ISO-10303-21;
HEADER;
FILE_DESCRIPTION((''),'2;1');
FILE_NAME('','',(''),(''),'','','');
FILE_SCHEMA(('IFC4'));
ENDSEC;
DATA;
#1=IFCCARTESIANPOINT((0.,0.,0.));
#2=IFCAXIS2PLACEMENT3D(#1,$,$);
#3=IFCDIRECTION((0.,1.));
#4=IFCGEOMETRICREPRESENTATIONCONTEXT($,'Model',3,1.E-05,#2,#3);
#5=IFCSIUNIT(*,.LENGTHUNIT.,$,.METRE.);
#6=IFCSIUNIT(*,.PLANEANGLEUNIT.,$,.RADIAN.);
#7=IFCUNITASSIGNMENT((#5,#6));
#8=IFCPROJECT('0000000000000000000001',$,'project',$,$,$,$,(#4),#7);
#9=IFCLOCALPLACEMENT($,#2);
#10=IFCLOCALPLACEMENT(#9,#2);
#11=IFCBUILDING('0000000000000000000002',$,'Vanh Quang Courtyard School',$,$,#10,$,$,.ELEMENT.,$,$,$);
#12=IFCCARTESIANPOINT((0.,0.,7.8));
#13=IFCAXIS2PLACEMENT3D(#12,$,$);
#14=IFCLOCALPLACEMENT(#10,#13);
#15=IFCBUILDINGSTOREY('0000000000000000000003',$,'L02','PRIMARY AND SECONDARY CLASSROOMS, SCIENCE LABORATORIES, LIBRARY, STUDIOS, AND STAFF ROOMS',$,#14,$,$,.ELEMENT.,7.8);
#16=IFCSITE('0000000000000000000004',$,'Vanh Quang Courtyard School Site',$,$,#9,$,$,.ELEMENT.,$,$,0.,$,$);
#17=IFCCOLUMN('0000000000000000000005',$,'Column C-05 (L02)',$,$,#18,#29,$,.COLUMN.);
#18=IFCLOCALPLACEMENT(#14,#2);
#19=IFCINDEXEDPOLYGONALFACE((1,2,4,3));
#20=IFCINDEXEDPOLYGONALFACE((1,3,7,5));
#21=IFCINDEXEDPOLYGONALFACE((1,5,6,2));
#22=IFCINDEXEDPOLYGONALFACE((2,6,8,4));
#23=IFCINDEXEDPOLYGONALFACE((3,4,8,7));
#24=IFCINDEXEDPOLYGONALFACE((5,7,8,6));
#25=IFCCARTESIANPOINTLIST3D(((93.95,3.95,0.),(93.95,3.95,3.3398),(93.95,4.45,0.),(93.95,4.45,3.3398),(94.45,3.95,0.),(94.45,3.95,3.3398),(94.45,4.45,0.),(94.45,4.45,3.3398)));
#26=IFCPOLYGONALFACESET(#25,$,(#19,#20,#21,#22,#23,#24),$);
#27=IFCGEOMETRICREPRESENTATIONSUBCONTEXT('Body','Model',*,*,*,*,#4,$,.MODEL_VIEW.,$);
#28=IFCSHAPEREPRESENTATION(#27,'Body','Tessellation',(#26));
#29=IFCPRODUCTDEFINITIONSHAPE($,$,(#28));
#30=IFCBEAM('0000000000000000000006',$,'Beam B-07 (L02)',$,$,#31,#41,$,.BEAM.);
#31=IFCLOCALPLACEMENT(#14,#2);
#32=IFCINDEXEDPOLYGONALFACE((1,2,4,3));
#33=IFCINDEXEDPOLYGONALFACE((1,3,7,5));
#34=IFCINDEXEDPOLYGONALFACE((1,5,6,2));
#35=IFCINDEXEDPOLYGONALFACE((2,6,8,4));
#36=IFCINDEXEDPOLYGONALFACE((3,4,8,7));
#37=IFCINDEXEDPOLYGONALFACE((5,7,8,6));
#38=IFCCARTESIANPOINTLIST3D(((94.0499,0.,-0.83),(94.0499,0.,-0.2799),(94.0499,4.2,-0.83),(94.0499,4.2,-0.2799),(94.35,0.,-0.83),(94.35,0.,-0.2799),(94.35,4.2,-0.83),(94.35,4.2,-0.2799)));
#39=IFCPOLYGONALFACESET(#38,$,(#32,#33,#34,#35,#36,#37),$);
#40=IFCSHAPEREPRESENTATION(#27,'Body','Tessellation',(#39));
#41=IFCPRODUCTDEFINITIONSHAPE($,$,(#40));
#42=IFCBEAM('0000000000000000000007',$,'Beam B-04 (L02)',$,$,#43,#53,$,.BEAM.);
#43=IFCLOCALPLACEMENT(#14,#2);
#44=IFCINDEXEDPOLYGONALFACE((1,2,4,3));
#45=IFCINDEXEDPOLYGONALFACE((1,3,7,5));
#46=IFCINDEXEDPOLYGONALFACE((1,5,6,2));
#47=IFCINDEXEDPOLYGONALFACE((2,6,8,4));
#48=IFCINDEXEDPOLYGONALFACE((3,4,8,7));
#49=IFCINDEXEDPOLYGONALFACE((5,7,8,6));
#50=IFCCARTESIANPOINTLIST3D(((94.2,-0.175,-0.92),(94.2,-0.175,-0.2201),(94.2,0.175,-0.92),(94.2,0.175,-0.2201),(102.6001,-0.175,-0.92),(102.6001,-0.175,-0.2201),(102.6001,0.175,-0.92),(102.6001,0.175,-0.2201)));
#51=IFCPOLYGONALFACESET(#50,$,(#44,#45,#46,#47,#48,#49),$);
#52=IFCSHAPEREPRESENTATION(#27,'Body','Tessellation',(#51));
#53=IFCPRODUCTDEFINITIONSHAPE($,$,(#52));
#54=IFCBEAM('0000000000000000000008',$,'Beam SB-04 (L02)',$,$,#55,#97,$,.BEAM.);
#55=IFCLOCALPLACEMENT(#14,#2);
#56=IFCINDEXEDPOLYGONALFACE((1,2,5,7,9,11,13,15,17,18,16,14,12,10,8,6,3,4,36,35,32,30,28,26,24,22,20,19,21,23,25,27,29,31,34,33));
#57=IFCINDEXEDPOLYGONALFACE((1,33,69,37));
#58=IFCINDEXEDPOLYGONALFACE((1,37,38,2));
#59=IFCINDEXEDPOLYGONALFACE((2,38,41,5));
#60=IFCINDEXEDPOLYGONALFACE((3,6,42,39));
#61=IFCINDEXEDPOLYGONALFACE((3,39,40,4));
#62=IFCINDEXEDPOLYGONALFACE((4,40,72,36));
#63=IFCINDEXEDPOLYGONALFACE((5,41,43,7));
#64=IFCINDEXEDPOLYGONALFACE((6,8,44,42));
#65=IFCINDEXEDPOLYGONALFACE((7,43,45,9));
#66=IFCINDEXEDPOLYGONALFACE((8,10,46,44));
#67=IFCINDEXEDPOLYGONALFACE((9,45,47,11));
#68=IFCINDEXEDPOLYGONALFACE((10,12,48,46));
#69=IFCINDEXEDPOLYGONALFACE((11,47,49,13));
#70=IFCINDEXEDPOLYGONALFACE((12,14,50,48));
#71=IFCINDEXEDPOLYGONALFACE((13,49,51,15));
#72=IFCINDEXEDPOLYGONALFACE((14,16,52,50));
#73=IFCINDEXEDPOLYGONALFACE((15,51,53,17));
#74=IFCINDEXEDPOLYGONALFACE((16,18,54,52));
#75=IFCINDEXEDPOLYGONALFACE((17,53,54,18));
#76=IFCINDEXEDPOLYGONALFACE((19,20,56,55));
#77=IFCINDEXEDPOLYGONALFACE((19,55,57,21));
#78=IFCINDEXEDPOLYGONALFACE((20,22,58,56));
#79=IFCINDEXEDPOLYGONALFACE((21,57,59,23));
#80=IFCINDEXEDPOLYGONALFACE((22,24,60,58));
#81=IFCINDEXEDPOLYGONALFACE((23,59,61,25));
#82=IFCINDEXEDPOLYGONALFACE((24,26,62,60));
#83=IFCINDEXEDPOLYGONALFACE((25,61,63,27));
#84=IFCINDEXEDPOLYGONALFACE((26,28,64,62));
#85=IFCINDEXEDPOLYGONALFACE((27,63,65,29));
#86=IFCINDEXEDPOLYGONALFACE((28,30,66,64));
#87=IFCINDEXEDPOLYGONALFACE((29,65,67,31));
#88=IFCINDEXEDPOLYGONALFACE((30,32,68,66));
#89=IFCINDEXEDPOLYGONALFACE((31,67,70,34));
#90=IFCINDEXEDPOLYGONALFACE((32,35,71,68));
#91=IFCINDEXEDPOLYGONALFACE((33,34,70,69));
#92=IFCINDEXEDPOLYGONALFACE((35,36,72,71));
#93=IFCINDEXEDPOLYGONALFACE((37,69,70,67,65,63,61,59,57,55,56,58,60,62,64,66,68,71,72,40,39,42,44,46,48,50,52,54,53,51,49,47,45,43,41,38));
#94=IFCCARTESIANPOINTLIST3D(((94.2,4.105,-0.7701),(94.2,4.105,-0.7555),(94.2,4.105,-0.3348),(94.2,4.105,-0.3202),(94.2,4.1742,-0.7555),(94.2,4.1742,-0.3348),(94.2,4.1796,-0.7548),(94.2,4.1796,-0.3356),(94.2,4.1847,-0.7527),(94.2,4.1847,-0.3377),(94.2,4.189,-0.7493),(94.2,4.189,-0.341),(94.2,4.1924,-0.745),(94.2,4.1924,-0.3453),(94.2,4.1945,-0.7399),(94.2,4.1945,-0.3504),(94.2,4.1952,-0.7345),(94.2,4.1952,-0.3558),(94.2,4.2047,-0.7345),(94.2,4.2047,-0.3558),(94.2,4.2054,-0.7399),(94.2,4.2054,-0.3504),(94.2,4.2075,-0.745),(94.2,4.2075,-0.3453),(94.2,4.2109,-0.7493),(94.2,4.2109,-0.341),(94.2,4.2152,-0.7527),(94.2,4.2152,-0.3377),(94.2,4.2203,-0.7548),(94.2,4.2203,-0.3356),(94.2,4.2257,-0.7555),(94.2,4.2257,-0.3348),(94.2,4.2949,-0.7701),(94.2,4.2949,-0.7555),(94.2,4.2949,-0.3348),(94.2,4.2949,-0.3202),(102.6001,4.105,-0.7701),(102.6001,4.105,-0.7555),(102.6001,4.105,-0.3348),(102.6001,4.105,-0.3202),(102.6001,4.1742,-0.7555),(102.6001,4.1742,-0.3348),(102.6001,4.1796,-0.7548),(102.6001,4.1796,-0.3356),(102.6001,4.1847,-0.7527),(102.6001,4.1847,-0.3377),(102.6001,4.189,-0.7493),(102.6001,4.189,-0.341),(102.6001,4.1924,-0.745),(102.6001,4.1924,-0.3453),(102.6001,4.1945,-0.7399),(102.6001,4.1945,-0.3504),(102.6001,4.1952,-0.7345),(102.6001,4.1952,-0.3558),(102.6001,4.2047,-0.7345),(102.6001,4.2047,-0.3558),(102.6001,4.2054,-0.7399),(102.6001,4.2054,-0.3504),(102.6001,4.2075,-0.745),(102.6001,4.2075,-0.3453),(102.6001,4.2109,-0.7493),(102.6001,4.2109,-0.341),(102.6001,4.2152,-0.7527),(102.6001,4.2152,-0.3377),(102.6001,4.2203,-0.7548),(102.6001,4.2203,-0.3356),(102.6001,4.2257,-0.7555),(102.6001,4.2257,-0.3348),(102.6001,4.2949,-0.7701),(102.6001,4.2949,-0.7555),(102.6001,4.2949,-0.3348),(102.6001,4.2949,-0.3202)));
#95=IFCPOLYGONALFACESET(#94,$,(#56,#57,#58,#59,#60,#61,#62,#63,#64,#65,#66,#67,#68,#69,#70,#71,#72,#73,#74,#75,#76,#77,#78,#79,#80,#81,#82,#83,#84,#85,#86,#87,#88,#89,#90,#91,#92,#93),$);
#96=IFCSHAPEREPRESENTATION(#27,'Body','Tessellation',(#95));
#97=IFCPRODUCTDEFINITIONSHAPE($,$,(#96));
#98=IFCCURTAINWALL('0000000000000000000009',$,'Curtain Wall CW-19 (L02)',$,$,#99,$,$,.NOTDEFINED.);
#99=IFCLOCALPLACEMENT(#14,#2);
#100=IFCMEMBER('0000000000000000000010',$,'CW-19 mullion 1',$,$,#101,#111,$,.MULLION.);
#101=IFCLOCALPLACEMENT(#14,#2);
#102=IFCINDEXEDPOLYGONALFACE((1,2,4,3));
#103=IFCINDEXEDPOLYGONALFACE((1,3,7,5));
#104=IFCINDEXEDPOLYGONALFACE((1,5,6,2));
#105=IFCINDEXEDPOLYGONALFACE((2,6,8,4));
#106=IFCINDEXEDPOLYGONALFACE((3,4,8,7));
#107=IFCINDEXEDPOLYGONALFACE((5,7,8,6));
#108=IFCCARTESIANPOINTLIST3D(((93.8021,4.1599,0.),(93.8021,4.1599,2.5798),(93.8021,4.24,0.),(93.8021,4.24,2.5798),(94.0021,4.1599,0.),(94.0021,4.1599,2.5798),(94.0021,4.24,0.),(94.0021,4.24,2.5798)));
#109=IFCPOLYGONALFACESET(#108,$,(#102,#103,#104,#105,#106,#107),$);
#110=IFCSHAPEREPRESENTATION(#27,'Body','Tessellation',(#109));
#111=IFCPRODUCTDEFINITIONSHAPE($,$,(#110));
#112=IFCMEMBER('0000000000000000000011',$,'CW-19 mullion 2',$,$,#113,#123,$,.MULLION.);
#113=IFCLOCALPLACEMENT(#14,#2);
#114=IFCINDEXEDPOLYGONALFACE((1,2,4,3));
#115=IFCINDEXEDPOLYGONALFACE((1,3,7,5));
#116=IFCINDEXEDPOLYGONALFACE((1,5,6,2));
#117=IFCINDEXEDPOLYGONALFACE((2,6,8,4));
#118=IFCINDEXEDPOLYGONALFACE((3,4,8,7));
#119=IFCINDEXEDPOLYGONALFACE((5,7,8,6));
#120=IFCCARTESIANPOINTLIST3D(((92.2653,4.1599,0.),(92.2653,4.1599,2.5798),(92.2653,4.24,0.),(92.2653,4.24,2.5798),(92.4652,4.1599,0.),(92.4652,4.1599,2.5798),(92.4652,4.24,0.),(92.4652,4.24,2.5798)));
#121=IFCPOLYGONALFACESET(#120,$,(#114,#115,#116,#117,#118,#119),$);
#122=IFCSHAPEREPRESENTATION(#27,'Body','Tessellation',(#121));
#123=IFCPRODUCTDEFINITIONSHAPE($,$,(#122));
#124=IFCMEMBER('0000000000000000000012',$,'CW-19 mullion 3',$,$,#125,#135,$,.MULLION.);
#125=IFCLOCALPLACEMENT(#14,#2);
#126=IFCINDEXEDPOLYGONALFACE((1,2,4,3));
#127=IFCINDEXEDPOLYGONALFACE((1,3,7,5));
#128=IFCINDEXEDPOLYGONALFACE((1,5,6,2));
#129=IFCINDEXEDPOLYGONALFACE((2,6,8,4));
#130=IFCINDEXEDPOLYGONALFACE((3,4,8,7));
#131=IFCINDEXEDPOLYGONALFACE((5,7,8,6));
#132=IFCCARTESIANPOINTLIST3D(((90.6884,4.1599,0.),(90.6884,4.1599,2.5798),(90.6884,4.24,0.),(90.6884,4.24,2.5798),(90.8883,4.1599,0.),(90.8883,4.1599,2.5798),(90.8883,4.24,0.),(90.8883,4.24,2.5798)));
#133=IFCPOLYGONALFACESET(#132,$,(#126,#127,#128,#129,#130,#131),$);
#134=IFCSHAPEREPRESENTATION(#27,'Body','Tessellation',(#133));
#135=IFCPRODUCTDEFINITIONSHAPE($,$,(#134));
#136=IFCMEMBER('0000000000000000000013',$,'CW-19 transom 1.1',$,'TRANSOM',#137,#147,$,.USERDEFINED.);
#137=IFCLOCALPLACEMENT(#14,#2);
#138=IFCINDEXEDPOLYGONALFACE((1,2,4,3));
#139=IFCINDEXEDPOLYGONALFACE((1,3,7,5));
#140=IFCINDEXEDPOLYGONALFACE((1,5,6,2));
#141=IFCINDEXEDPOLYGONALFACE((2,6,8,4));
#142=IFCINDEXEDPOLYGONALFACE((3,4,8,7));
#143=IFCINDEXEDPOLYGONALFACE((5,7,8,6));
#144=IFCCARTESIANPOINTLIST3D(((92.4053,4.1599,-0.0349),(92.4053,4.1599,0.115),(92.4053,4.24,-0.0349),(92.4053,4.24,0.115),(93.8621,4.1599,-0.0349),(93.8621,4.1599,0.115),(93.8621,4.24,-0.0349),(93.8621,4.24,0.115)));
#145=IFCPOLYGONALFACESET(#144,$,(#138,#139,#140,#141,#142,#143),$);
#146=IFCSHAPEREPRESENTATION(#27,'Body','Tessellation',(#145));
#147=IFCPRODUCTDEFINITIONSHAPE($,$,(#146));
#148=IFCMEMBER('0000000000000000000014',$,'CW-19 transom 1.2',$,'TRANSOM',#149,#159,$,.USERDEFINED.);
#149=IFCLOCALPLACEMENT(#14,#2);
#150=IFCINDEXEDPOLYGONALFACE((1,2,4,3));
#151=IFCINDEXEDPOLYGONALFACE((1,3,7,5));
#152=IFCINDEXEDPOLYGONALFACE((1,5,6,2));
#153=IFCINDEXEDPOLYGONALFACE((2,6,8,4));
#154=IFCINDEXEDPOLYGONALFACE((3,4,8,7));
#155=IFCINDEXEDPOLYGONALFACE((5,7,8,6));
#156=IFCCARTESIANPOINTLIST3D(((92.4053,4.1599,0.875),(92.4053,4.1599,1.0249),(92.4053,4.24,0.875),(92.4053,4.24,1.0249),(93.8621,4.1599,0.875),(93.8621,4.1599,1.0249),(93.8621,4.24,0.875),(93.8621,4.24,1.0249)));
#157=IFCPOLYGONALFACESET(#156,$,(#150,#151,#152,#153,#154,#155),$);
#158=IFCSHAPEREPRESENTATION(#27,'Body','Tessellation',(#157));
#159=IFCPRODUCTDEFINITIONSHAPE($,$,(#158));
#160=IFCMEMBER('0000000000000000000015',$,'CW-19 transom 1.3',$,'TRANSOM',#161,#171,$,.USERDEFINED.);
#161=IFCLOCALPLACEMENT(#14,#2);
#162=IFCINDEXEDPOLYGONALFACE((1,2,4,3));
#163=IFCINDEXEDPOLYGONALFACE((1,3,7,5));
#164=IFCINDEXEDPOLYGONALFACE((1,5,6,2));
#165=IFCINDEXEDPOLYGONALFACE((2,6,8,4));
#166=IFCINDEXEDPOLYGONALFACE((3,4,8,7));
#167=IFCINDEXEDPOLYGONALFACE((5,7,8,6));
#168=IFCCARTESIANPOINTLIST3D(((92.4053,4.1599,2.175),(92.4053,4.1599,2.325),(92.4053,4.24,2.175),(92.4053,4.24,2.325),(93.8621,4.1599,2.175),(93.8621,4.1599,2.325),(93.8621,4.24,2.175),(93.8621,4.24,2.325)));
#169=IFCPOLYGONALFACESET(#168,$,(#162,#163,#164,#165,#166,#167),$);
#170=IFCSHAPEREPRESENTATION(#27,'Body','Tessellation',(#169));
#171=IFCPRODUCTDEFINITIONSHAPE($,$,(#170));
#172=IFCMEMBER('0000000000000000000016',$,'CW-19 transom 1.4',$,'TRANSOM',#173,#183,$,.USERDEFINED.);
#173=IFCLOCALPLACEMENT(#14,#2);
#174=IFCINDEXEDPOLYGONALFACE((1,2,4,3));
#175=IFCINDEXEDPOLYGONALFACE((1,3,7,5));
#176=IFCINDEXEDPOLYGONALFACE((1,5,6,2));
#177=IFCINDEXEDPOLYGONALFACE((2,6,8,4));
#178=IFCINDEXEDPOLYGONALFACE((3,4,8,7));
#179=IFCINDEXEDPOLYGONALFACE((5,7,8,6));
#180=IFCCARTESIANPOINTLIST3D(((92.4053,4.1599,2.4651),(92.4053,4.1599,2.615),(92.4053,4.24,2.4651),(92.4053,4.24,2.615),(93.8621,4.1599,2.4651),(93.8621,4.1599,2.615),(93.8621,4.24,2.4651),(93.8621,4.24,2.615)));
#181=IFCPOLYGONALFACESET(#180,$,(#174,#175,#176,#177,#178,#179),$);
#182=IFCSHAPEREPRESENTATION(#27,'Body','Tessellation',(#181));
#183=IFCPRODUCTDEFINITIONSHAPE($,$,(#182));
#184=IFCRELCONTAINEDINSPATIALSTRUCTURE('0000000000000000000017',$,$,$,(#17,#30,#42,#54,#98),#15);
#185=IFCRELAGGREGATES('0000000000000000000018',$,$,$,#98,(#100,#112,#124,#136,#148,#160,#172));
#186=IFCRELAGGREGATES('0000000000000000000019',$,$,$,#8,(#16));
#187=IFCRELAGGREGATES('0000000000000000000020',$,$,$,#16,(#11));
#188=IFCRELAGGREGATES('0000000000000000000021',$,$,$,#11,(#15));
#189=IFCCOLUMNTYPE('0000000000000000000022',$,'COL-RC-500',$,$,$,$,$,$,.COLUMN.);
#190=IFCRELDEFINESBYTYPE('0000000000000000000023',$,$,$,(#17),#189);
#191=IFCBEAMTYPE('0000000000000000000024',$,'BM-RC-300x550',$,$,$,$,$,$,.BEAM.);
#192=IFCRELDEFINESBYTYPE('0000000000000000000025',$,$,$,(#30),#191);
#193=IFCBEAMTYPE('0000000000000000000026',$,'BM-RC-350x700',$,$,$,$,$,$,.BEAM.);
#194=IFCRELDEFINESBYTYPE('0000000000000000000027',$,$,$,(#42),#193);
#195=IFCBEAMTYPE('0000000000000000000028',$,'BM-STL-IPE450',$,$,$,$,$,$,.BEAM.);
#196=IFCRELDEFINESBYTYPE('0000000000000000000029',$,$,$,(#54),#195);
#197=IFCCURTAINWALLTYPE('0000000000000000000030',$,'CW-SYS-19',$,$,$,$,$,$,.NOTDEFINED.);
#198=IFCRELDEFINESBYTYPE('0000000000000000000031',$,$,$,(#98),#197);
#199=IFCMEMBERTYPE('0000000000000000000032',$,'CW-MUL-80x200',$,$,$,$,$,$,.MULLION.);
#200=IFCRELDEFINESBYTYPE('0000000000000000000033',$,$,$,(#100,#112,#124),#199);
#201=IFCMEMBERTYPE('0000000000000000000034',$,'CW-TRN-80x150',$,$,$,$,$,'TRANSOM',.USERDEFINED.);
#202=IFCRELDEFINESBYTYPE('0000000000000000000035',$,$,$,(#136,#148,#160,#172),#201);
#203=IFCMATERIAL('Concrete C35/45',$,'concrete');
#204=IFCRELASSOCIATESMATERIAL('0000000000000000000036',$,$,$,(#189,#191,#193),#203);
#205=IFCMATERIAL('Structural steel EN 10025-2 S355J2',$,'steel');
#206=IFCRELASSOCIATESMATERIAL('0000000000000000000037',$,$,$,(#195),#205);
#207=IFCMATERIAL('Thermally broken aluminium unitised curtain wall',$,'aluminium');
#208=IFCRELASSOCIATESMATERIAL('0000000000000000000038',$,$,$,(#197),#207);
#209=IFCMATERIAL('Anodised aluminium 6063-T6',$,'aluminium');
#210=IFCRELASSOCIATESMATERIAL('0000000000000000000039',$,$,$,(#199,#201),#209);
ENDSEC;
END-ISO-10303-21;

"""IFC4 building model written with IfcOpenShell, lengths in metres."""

from ifc_helpers import new_model, si_unit, direction, frame, origin, origin_2d, place, context, subcontext, project, spatial, rectangle, i_section, extrude, material, material_profile, profile_set, type_object, element, aggregate, save


model = new_model("IFC4")

# Units and contexts
model_context = context("Model", 3, precision=1e-05, world=origin(), true_north=direction((0.0, 1.0)))
body_context = subcontext(model_context, "Body", "Model", "MODEL_VIEW")
ifc_project = project(units=[si_unit("LENGTHUNIT", "METRE"), si_unit("PLANEANGLEUNIT", "RADIAN")], contexts=[model_context])

# Site, building, storey
site_placement = place(None, origin())
site = spatial("IfcSite", under=ifc_project, at=site_placement, Name="Vanh Quang Courtyard School Site", CompositionType="ELEMENT", RefElevation=0.0)
building_placement = place(site_placement, origin())
building = spatial("IfcBuilding", under=site, at=building_placement, Name="Vanh Quang Courtyard School", CompositionType="ELEMENT")
storey_placement = place(building_placement, frame((0.0, 0.0, 7.8)))
storey = spatial("IfcBuildingStorey", under=building, at=storey_placement, Name="L02", Description="PRIMARY AND SECONDARY CLASSROOMS, SCIENCE LABORATORIES, LIBRARY, STUDIOS, AND STAFF ROOMS", CompositionType="ELEMENT", Elevation=7.8)

# Column
ifc_material_1 = material(Name="Concrete C35/45", Category="concrete")
ifc_material_profile_1 = material_profile(ifc_material_1, rectangle(XDim=0.5, YDim=0.5, at=origin_2d()), Name="RC-COL 500x500")
ifc_profile_set_1 = profile_set([ifc_material_profile_1], Name="Concrete C35/45")
column_type = type_object("IfcColumnType", Name="COL-RC-500", PredefinedType="COLUMN", material=ifc_profile_set_1)
column_placement = place(storey_placement, frame((94.2, 4.2, 0.0), z_axis=(0.0, 0.0, 1.0), x_axis=(1.0, 0.0, 0.0)))
element("IfcColumn", 1, at=column_placement, inside=storey, type_object=column_type, Name="Column C-05 (L02)", PredefinedType="COLUMN", context=body_context, shape_type="SweptSolid", body=[
    extrude(rectangle(XDim=0.5, YDim=0.5, at=origin_2d()), origin(), (0.0, 0.0, 1.0), 3.3398),
])

# Beams
ifc_material_profile_2 = material_profile(ifc_material_1, rectangle(XDim=0.3, YDim=0.55, at=origin_2d()), Name="RC-BM 300x550")
ifc_profile_set_2 = profile_set([ifc_material_profile_2], Name="Concrete C35/45")
beam_type_1 = type_object("IfcBeamType", Name="BM-RC-300x550", PredefinedType="BEAM", material=ifc_profile_set_2)
beam_1_placement = place(storey_placement, frame((94.2, 0.0, -0.5549), z_axis=(0.0, 1.0, 0.0), x_axis=(-1.0, 0.0, 0.0)))
element("IfcBeam", 2, at=beam_1_placement, inside=storey, type_object=beam_type_1, Name="Beam B-07 (L02)", PredefinedType="BEAM", context=body_context, shape_type="SweptSolid", body=[
    extrude(rectangle(XDim=0.3, YDim=0.55, at=origin_2d()), origin(), (0.0, 0.0, 1.0), 4.2),
])
ifc_material_profile_3 = material_profile(ifc_material_1, rectangle(XDim=0.3501, YDim=0.7, at=origin_2d()), Name="RC-BM 350x700")
ifc_profile_set_3 = profile_set([ifc_material_profile_3], Name="Concrete C35/45")
beam_type_2 = type_object("IfcBeamType", Name="BM-RC-350x700", PredefinedType="BEAM", material=ifc_profile_set_3)
beam_2_placement = place(storey_placement, frame((94.2, 0.0, -0.5701), z_axis=(1.0, 0.0, 0.0), x_axis=(0.0, 1.0, 0.0)))
element("IfcBeam", 3, at=beam_2_placement, inside=storey, type_object=beam_type_2, Name="Beam B-04 (L02)", PredefinedType="BEAM", context=body_context, shape_type="SweptSolid", body=[
    extrude(rectangle(XDim=0.3501, YDim=0.7, at=origin_2d()), origin(), (0.0, 0.0, 1.0), 8.4001),
])
ifc_material_2 = material(Name="Structural steel EN 10025-2 S355J2", Category="steel")
ifc_material_profile_4 = material_profile(ifc_material_2, i_section(OverallWidth=0.1899, OverallDepth=0.45, WebThickness=0.0095, FlangeThickness=0.0146, FilletRadius=0.021, at=origin_2d()), Name="IPE 450")
ifc_profile_set_4 = profile_set([ifc_material_profile_4], Name="Structural steel EN 10025-2 S355J2")
beam_type_3 = type_object("IfcBeamType", Name="BM-STL-IPE450", PredefinedType="BEAM", material=ifc_profile_set_4)
beam_3_placement = place(storey_placement, frame((94.2, 4.2, -0.5452), z_axis=(1.0, 0.0, 0.0), x_axis=(0.0, 1.0, 0.0)))
element("IfcBeam", 4, at=beam_3_placement, inside=storey, type_object=beam_type_3, Name="Beam SB-04 (L02)", PredefinedType="BEAM", context=body_context, shape_type="SweptSolid", body=[
    extrude(i_section(OverallWidth=0.1899, OverallDepth=0.45, WebThickness=0.0095, FlangeThickness=0.0146, FilletRadius=0.021, at=origin_2d()), origin(), (0.0, 0.0, 1.0), 8.4001),
])

# Curtain wall, members
ifc_material_3 = material(Name="Thermally broken aluminium unitised curtain wall", Category="aluminium")
curtain_wall_type = type_object("IfcCurtainWallType", Name="CW-SYS-19", PredefinedType="NOTDEFINED", material=ifc_material_3)
curtain_wall_placement = place(storey_placement, origin())
curtain_wall = element("IfcCurtainWall", 5, at=curtain_wall_placement, inside=storey, type_object=curtain_wall_type, Name="Curtain Wall CW-19 (L02)", PredefinedType="NOTDEFINED")
ifc_material_4 = material(Name="Anodised aluminium 6063-T6", Category="aluminium")
ifc_material_profile_5 = material_profile(ifc_material_4, rectangle(XDim=0.0801, YDim=0.2, at=origin_2d()), Name="ALU-MUL 80x200")
ifc_profile_set_5 = profile_set([ifc_material_profile_5], Name="Anodised aluminium 6063-T6")
member_type_1 = type_object("IfcMemberType", Name="CW-MUL-80x200", PredefinedType="MULLION", material=ifc_profile_set_5)
member_1_placement = place(storey_placement, frame((93.9021, 4.2, 0.0), z_axis=(0.0, 0.0, 1.0), x_axis=(0.0, -1.0, 0.0)))
member_1 = element("IfcMember", 6, at=member_1_placement, type_object=member_type_1, Name="CW-19 mullion 1", PredefinedType="MULLION", context=body_context, shape_type="SweptSolid", body=[
    extrude(rectangle(XDim=0.0801, YDim=0.2, at=origin_2d()), origin(), (0.0, 0.0, 1.0), 2.5798),
])
member_2_placement = place(storey_placement, frame((92.3652, 4.2, 0.0), z_axis=(0.0, 0.0, 1.0), x_axis=(0.0, -1.0, 0.0)))
member_2 = element("IfcMember", 7, at=member_2_placement, type_object=member_type_1, Name="CW-19 mullion 2", PredefinedType="MULLION", context=body_context, shape_type="SweptSolid", body=[
    extrude(rectangle(XDim=0.0801, YDim=0.2, at=origin_2d()), origin(), (0.0, 0.0, 1.0), 2.5798),
])
member_3_placement = place(storey_placement, frame((90.7883, 4.2, 0.0), z_axis=(0.0, 0.0, 1.0), x_axis=(0.0, -1.0, 0.0)))
member_3 = element("IfcMember", 8, at=member_3_placement, type_object=member_type_1, Name="CW-19 mullion 3", PredefinedType="MULLION", context=body_context, shape_type="SweptSolid", body=[
    extrude(rectangle(XDim=0.0801, YDim=0.2, at=origin_2d()), origin(), (0.0, 0.0, 1.0), 2.5798),
])
ifc_material_profile_6 = material_profile(ifc_material_4, rectangle(XDim=0.0801, YDim=0.1499, at=origin_2d()), Name="ALU-TRN 80x150")
ifc_profile_set_6 = profile_set([ifc_material_profile_6], Name="Anodised aluminium 6063-T6")
member_type_2 = type_object("IfcMemberType", Name="CW-TRN-80x150", ElementType="TRANSOM", PredefinedType="USERDEFINED", material=ifc_profile_set_6)
member_4_placement = place(storey_placement, frame((93.8621, 4.2, 0.04), z_axis=(-1.0, 0.0, 0.0), x_axis=(0.0, -1.0, 0.0)))
member_4 = element("IfcMember", 9, at=member_4_placement, type_object=member_type_2, Name="CW-19 transom 1.1", ObjectType="TRANSOM", PredefinedType="USERDEFINED", context=body_context, shape_type="SweptSolid", body=[
    extrude(rectangle(XDim=0.0801, YDim=0.1499, at=origin_2d()), origin(), (0.0, 0.0, 1.0), 1.4568),
])
member_5_placement = place(storey_placement, frame((93.8621, 4.2, 0.95), z_axis=(-1.0, 0.0, 0.0), x_axis=(0.0, -1.0, 0.0)))
member_5 = element("IfcMember", 10, at=member_5_placement, type_object=member_type_2, Name="CW-19 transom 1.2", ObjectType="TRANSOM", PredefinedType="USERDEFINED", context=body_context, shape_type="SweptSolid", body=[
    extrude(rectangle(XDim=0.0801, YDim=0.1499, at=origin_2d()), origin(), (0.0, 0.0, 1.0), 1.4568),
])
member_6_placement = place(storey_placement, frame((93.8621, 4.2, 2.25), z_axis=(-1.0, 0.0, 0.0), x_axis=(0.0, -1.0, 0.0)))
member_6 = element("IfcMember", 11, at=member_6_placement, type_object=member_type_2, Name="CW-19 transom 1.3", ObjectType="TRANSOM", PredefinedType="USERDEFINED", context=body_context, shape_type="SweptSolid", body=[
    extrude(rectangle(XDim=0.0801, YDim=0.1499, at=origin_2d()), origin(), (0.0, 0.0, 1.0), 1.4568),
])
member_7_placement = place(storey_placement, frame((93.8621, 4.2, 2.54), z_axis=(-1.0, 0.0, 0.0), x_axis=(0.0, -1.0, 0.0)))
member_7 = element("IfcMember", 12, at=member_7_placement, type_object=member_type_2, Name="CW-19 transom 1.4", ObjectType="TRANSOM", PredefinedType="USERDEFINED", context=body_context, shape_type="SweptSolid", body=[
    extrude(rectangle(XDim=0.0801, YDim=0.1499, at=origin_2d()), origin(), (0.0, 0.0, 1.0), 1.4568),
])
aggregate(curtain_wall, [member_1, member_2, member_3, member_4, member_5, member_6, member_7])

save(model, "model.ifc")
